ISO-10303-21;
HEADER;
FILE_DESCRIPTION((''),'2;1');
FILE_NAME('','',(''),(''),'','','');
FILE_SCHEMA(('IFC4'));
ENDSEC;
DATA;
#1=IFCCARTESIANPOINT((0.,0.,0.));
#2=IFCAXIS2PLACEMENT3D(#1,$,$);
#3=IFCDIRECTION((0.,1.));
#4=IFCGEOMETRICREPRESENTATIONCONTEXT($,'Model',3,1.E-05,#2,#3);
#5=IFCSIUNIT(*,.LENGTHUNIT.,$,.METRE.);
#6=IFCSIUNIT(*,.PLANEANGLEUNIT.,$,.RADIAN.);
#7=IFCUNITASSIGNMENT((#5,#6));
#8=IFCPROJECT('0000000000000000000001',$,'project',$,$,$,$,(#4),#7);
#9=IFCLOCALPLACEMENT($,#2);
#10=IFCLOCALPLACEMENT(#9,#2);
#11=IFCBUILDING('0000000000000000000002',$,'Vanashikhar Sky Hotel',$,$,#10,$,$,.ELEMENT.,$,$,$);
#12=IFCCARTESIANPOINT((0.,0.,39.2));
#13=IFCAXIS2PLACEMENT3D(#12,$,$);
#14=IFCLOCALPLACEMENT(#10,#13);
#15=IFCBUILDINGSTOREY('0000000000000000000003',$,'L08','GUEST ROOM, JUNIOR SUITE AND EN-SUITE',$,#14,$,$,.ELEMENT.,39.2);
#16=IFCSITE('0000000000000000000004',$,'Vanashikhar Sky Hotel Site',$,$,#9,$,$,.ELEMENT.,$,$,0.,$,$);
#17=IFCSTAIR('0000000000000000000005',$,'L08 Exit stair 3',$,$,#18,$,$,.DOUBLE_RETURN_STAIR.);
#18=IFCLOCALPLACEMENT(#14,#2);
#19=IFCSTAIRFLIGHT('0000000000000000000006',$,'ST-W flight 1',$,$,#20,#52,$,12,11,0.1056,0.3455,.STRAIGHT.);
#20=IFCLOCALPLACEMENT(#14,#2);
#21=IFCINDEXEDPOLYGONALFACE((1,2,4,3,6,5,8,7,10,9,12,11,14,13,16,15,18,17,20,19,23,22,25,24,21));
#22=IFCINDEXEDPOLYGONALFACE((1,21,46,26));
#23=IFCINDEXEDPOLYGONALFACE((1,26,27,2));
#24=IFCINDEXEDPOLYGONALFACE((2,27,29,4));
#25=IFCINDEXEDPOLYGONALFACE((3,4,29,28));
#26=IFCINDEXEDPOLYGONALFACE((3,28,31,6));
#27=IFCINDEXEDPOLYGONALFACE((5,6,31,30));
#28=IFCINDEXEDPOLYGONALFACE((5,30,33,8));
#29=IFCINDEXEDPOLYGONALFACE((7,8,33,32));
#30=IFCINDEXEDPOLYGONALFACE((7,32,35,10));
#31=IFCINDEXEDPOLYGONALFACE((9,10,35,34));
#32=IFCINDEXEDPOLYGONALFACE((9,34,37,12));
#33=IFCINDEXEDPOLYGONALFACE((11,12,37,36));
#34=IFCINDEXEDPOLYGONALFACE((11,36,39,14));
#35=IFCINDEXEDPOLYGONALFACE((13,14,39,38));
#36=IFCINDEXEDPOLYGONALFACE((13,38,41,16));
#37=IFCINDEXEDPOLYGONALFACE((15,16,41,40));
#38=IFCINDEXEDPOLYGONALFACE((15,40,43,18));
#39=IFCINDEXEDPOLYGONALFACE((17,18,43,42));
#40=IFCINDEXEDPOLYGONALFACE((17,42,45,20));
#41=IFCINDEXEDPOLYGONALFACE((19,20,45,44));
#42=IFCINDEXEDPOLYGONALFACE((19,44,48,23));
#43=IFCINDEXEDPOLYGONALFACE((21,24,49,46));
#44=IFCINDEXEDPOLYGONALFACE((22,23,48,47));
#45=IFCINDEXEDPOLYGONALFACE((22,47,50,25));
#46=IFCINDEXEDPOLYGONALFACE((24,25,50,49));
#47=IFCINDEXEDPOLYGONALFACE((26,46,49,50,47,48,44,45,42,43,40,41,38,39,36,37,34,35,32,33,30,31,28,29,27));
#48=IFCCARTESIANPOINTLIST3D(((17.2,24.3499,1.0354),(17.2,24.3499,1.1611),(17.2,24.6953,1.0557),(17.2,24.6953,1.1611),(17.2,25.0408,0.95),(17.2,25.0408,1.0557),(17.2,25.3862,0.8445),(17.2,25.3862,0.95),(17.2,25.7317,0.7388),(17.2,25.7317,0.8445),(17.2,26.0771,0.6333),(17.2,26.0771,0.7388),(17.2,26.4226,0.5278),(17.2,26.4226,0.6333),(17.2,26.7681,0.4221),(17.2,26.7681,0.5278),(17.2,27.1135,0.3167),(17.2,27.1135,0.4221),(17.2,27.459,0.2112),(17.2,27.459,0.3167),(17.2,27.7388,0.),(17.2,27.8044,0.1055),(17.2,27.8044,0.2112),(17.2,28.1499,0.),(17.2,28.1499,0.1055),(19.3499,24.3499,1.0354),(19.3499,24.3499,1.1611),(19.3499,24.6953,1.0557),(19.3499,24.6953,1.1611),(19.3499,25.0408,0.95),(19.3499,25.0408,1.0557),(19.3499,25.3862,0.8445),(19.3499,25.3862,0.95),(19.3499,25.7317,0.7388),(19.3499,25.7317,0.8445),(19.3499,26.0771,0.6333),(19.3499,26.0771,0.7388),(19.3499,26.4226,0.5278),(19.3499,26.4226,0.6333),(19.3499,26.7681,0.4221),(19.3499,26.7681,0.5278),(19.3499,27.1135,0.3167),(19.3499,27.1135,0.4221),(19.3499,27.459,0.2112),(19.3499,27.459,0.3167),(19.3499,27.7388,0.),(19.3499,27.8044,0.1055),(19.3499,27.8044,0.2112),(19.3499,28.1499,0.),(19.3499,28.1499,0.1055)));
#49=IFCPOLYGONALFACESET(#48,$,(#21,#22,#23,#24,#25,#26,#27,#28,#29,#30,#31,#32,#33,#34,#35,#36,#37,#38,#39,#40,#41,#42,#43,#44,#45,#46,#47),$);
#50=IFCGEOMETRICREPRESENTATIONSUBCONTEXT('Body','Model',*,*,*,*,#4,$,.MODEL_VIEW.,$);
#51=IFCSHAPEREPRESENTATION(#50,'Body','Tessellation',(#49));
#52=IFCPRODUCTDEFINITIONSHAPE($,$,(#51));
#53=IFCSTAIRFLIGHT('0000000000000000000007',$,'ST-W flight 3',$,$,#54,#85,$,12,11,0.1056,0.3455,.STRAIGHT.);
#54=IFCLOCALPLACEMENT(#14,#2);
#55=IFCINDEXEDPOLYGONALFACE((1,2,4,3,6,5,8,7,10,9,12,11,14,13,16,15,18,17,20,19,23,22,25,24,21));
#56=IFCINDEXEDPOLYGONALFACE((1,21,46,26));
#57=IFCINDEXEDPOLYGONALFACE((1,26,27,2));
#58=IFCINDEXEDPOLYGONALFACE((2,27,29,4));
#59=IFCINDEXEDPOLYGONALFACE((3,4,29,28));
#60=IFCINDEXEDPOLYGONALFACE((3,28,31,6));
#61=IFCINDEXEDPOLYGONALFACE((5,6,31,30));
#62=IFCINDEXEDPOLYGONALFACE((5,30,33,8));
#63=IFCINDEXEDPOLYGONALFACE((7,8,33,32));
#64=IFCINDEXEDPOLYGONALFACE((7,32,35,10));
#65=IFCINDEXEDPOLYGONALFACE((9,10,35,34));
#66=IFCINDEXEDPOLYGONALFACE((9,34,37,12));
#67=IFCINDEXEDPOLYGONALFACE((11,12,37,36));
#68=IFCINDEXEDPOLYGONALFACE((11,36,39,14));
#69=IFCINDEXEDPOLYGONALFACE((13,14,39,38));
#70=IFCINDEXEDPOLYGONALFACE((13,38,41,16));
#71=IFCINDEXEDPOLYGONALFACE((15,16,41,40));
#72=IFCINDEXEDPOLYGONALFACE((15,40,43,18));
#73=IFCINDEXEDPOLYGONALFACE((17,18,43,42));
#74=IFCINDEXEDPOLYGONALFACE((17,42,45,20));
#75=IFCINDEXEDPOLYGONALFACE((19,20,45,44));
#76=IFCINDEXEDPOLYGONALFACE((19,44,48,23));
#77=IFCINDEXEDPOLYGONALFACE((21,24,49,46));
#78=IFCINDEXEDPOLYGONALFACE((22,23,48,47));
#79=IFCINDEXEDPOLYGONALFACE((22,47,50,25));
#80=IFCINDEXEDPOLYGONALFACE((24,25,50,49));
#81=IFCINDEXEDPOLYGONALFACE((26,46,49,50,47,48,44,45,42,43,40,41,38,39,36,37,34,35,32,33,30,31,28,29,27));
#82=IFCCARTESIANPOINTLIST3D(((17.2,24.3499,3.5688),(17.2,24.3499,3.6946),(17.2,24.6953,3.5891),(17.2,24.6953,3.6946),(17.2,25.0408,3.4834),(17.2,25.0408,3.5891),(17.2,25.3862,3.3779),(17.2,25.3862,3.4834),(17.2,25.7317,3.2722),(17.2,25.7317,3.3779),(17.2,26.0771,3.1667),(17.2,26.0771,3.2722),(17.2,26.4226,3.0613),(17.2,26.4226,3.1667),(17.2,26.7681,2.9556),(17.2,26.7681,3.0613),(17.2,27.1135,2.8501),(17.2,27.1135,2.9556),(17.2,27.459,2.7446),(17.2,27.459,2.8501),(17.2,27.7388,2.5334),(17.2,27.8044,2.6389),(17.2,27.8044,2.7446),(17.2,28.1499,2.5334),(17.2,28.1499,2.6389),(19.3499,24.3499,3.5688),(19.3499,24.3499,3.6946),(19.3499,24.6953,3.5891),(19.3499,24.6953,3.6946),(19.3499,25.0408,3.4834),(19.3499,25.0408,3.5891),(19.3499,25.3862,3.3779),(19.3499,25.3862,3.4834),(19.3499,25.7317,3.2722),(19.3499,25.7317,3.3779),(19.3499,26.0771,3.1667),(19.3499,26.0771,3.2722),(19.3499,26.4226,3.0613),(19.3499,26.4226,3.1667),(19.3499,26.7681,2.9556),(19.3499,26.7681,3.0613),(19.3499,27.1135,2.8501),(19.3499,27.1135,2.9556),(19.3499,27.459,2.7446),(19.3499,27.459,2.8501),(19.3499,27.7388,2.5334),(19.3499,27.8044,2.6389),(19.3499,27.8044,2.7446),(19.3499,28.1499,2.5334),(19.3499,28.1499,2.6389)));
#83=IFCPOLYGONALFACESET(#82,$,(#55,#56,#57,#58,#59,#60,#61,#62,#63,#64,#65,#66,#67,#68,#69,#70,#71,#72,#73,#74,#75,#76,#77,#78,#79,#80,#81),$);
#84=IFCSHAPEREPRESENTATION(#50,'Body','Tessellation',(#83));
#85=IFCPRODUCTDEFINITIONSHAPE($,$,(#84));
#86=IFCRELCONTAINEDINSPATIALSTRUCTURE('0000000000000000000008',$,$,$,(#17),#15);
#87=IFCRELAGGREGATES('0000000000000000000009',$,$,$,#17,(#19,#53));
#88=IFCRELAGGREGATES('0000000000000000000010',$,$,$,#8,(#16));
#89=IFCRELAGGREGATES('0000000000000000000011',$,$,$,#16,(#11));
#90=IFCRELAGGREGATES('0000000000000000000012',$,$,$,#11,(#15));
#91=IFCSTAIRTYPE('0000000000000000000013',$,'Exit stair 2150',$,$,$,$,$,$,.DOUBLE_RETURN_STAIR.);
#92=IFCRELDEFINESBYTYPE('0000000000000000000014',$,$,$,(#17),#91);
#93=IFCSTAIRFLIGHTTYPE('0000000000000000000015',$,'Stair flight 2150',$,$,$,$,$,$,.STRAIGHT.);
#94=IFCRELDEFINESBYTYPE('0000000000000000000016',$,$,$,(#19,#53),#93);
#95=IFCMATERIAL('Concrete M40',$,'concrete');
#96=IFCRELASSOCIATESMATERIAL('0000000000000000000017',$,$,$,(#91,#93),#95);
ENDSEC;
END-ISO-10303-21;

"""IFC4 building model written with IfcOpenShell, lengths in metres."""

from ifc_helpers import new_model, si_unit, direction, frame, origin, place, context, subcontext, project, spatial, polyline, outline, extrude, source, transform, mapped, material, type_object, element, aggregate, save


model = new_model("IFC4")

# Units and contexts
model_context = context("Model", 3, precision=1e-05, world=origin(), true_north=direction((0.0, 1.0)))
body_context = subcontext(model_context, "Body", "Model", "MODEL_VIEW")
ifc_project = project(units=[si_unit("LENGTHUNIT", "METRE"), si_unit("PLANEANGLEUNIT", "RADIAN")], contexts=[model_context])

# Site, building, storey
site_placement = place(None, origin())
site = spatial("IfcSite", under=ifc_project, at=site_placement, Name="Vanashikhar Sky Hotel Site", CompositionType="ELEMENT", RefElevation=0.0)
building_placement = place(site_placement, origin())
building = spatial("IfcBuilding", under=site, at=building_placement, Name="Vanashikhar Sky Hotel", CompositionType="ELEMENT")
storey_placement = place(building_placement, frame((0.0, 0.0, 39.2)))
storey = spatial("IfcBuildingStorey", under=building, at=storey_placement, Name="L08", Description="GUEST ROOM, JUNIOR SUITE AND EN-SUITE", CompositionType="ELEMENT", Elevation=39.2)

# Stair, stair flights
ifc_material_1 = material(Name="Concrete M40", Category="concrete")
stair_type = type_object("IfcStairType", Name="Exit stair 2150", PredefinedType="DOUBLE_RETURN_STAIR", material=ifc_material_1)
stair_placement = place(storey_placement, origin())
stair = element("IfcStair", 1, at=stair_placement, inside=storey, type_object=stair_type, Name="L08 Exit stair 3", PredefinedType="DOUBLE_RETURN_STAIR")
stair_flight_type = type_object("IfcStairFlightType", Name="Stair flight 2150", PredefinedType="STRAIGHT", material=ifc_material_1)
shared_shape_1 = source(origin(), body_context, "Body", "SweptSolid", [
    extrude(outline(polyline([(0.0, 0.0), (0.0, 0.1055), (0.3455, 0.1055), (0.3455, 0.2112), (0.6909, 0.2112), (0.6909, 0.3167), (1.0364, 0.3167), (1.0364, 0.4221), (1.3818, 0.4221), (1.3818, 0.5278), (1.7273, 0.5278), (1.7273, 0.6333), (2.0728, 0.6333), (2.0728, 0.7388), (2.4182, 0.7388), (2.4182, 0.8445), (2.7637, 0.8445), (2.7637, 0.95), (3.1091, 0.95), (3.1091, 1.0557), (3.4546, 1.0557), (3.4546, 1.1611), (3.8, 1.1611), (3.8, 1.2666), (3.8, 1.0354), (0.4111, 0.0), (0.0, 0.0)])), frame((0.0, 1.075, 0.0), z_axis=(0.0, -1.0, 0.0), x_axis=(1.0, 0.0, 0.0)), (0.0, 0.0, 1.0), 2.1499),
])
stair_flight_1_placement = place(storey_placement, frame((18.2749, 28.1499, 0.0), z_axis=(0.0, 0.0, 1.0), x_axis=(0.0, -1.0, 0.0)))
stair_flight_1 = element("IfcStairFlight", 2, at=stair_flight_1_placement, type_object=stair_flight_type, Name="ST-W flight 1", NumberOfRisers=12, NumberOfTreads=11, PredefinedType="STRAIGHT", RiserHeight=0.1056, TreadLength=0.3455, context=body_context, shape_type="MappedRepresentation", body=[
    mapped(shared_shape_1, transform((0.0, 0.0, 0.0), scale=1.0)),
])
stair_flight_2_placement = place(storey_placement, frame((18.2749, 28.1499, 2.5334), z_axis=(0.0, 0.0, 1.0), x_axis=(0.0, -1.0, 0.0)))
stair_flight_2 = element("IfcStairFlight", 3, at=stair_flight_2_placement, type_object=stair_flight_type, Name="ST-W flight 3", NumberOfRisers=12, NumberOfTreads=11, PredefinedType="STRAIGHT", RiserHeight=0.1056, TreadLength=0.3455, context=body_context, shape_type="MappedRepresentation", body=[
    mapped(shared_shape_1, transform((0.0, 0.0, 0.0), scale=1.0)),
])
aggregate(stair, [stair_flight_1, stair_flight_2])

save(model, "model.ifc")
